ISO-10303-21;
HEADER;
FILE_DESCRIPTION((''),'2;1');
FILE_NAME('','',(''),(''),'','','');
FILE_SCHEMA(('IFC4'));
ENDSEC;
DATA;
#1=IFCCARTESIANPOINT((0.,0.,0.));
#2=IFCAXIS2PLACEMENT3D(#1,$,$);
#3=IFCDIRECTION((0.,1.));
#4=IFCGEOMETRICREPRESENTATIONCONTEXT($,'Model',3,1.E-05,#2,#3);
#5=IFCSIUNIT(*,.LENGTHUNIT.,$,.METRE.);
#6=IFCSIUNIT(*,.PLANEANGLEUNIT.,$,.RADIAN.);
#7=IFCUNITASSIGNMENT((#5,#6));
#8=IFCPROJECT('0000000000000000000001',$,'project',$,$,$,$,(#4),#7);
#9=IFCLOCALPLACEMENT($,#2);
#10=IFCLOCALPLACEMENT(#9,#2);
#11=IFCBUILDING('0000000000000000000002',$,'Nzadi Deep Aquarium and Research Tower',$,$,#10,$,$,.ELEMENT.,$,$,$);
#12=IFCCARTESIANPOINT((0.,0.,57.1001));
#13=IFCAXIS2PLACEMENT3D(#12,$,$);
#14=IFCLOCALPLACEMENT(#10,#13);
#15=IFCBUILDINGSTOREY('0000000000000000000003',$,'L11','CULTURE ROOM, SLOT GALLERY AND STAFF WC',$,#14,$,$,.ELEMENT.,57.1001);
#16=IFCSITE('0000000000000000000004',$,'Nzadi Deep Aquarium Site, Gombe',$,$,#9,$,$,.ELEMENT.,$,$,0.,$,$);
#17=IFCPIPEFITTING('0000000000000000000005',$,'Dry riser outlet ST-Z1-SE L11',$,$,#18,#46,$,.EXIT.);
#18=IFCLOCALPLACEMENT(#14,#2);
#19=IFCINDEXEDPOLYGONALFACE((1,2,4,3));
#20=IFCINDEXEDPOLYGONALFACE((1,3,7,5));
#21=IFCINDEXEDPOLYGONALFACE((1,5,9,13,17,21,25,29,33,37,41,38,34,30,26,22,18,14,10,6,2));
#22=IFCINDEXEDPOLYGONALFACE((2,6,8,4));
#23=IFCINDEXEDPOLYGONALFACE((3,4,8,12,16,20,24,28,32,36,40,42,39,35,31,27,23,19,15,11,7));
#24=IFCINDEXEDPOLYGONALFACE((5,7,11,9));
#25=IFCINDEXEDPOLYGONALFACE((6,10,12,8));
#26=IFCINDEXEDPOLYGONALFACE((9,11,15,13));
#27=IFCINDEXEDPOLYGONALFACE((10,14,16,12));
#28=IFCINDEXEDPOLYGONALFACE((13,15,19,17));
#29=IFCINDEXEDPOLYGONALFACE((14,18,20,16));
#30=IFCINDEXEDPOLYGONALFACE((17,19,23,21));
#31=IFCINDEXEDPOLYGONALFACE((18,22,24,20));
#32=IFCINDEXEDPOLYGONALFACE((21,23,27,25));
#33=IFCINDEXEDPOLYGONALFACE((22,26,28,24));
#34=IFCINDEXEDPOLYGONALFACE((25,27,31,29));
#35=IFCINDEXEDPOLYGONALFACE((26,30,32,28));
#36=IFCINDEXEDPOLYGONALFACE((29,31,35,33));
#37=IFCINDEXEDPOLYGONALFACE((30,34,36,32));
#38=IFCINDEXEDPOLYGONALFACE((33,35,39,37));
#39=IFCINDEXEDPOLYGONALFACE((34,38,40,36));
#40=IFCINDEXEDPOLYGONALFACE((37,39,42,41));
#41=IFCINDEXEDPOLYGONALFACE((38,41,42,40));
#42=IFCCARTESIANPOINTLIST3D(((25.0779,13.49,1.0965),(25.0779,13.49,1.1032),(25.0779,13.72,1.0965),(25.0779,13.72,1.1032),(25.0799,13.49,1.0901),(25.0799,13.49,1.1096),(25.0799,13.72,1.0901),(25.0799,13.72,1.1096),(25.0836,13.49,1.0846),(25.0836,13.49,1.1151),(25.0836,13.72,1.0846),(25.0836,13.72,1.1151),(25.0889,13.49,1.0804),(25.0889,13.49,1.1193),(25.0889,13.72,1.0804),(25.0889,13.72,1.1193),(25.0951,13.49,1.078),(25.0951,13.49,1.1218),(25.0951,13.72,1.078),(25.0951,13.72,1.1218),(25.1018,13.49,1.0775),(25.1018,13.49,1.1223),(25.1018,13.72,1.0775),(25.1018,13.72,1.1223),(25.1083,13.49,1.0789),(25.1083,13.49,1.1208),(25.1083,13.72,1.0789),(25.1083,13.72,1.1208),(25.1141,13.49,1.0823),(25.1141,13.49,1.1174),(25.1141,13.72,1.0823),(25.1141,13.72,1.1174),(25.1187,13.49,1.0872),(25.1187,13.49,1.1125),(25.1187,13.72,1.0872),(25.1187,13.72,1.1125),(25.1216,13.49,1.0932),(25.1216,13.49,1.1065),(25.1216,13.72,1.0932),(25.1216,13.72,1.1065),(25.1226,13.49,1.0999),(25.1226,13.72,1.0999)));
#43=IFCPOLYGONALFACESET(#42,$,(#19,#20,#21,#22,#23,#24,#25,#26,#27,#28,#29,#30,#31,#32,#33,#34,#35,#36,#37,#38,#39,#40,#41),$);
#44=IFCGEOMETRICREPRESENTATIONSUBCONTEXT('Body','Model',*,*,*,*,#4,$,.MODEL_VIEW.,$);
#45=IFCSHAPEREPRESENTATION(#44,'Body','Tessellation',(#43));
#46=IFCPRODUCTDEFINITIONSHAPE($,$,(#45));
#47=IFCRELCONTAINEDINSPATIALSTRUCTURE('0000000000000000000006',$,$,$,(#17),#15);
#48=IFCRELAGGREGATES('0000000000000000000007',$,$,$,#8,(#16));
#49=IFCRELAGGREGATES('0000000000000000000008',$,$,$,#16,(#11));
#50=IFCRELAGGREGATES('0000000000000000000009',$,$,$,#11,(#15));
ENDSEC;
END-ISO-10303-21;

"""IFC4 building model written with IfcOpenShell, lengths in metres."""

from ifc_helpers import new_model, si_unit, direction, frame, origin, origin_2d, place, context, subcontext, project, spatial, circle, extrude, element, save


model = new_model("IFC4")

# Units and contexts
model_context = context("Model", 3, precision=1e-05, world=origin(), true_north=direction((0.0, 1.0)))
body_context = subcontext(model_context, "Body", "Model", "MODEL_VIEW")
ifc_project = project(units=[si_unit("LENGTHUNIT", "METRE"), si_unit("PLANEANGLEUNIT", "RADIAN")], contexts=[model_context])

# Site, building, storey
site_placement = place(None, origin())
site = spatial("IfcSite", under=ifc_project, at=site_placement, Name="Nzadi Deep Aquarium Site, Gombe", CompositionType="ELEMENT", RefElevation=0.0)
building_placement = place(site_placement, origin())
building = spatial("IfcBuilding", under=site, at=building_placement, Name="Nzadi Deep Aquarium and Research Tower", CompositionType="ELEMENT")
storey_placement = place(building_placement, frame((0.0, 0.0, 57.1001)))
storey = spatial("IfcBuildingStorey", under=building, at=storey_placement, Name="L11", Description="CULTURE ROOM, SLOT GALLERY AND STAFF WC", CompositionType="ELEMENT", Elevation=57.1001)

# Pipe fitting
pipe_fitting_placement = place(storey_placement, frame((25.1001, 13.72, 1.0999), z_axis=(0.0, -1.0, 0.0), x_axis=(1.0, 0.0, 0.0)))
element("IfcPipeFitting", 1, at=pipe_fitting_placement, inside=storey, Name="Dry riser outlet ST-Z1-SE L11", PredefinedType="EXIT", context=body_context, shape_type="SweptSolid", body=[
    extrude(circle(Radius=0.0225, at=origin_2d()), origin(), (0.0, 0.0, 1.0), 0.23),
])

save(model, "model.ifc")
